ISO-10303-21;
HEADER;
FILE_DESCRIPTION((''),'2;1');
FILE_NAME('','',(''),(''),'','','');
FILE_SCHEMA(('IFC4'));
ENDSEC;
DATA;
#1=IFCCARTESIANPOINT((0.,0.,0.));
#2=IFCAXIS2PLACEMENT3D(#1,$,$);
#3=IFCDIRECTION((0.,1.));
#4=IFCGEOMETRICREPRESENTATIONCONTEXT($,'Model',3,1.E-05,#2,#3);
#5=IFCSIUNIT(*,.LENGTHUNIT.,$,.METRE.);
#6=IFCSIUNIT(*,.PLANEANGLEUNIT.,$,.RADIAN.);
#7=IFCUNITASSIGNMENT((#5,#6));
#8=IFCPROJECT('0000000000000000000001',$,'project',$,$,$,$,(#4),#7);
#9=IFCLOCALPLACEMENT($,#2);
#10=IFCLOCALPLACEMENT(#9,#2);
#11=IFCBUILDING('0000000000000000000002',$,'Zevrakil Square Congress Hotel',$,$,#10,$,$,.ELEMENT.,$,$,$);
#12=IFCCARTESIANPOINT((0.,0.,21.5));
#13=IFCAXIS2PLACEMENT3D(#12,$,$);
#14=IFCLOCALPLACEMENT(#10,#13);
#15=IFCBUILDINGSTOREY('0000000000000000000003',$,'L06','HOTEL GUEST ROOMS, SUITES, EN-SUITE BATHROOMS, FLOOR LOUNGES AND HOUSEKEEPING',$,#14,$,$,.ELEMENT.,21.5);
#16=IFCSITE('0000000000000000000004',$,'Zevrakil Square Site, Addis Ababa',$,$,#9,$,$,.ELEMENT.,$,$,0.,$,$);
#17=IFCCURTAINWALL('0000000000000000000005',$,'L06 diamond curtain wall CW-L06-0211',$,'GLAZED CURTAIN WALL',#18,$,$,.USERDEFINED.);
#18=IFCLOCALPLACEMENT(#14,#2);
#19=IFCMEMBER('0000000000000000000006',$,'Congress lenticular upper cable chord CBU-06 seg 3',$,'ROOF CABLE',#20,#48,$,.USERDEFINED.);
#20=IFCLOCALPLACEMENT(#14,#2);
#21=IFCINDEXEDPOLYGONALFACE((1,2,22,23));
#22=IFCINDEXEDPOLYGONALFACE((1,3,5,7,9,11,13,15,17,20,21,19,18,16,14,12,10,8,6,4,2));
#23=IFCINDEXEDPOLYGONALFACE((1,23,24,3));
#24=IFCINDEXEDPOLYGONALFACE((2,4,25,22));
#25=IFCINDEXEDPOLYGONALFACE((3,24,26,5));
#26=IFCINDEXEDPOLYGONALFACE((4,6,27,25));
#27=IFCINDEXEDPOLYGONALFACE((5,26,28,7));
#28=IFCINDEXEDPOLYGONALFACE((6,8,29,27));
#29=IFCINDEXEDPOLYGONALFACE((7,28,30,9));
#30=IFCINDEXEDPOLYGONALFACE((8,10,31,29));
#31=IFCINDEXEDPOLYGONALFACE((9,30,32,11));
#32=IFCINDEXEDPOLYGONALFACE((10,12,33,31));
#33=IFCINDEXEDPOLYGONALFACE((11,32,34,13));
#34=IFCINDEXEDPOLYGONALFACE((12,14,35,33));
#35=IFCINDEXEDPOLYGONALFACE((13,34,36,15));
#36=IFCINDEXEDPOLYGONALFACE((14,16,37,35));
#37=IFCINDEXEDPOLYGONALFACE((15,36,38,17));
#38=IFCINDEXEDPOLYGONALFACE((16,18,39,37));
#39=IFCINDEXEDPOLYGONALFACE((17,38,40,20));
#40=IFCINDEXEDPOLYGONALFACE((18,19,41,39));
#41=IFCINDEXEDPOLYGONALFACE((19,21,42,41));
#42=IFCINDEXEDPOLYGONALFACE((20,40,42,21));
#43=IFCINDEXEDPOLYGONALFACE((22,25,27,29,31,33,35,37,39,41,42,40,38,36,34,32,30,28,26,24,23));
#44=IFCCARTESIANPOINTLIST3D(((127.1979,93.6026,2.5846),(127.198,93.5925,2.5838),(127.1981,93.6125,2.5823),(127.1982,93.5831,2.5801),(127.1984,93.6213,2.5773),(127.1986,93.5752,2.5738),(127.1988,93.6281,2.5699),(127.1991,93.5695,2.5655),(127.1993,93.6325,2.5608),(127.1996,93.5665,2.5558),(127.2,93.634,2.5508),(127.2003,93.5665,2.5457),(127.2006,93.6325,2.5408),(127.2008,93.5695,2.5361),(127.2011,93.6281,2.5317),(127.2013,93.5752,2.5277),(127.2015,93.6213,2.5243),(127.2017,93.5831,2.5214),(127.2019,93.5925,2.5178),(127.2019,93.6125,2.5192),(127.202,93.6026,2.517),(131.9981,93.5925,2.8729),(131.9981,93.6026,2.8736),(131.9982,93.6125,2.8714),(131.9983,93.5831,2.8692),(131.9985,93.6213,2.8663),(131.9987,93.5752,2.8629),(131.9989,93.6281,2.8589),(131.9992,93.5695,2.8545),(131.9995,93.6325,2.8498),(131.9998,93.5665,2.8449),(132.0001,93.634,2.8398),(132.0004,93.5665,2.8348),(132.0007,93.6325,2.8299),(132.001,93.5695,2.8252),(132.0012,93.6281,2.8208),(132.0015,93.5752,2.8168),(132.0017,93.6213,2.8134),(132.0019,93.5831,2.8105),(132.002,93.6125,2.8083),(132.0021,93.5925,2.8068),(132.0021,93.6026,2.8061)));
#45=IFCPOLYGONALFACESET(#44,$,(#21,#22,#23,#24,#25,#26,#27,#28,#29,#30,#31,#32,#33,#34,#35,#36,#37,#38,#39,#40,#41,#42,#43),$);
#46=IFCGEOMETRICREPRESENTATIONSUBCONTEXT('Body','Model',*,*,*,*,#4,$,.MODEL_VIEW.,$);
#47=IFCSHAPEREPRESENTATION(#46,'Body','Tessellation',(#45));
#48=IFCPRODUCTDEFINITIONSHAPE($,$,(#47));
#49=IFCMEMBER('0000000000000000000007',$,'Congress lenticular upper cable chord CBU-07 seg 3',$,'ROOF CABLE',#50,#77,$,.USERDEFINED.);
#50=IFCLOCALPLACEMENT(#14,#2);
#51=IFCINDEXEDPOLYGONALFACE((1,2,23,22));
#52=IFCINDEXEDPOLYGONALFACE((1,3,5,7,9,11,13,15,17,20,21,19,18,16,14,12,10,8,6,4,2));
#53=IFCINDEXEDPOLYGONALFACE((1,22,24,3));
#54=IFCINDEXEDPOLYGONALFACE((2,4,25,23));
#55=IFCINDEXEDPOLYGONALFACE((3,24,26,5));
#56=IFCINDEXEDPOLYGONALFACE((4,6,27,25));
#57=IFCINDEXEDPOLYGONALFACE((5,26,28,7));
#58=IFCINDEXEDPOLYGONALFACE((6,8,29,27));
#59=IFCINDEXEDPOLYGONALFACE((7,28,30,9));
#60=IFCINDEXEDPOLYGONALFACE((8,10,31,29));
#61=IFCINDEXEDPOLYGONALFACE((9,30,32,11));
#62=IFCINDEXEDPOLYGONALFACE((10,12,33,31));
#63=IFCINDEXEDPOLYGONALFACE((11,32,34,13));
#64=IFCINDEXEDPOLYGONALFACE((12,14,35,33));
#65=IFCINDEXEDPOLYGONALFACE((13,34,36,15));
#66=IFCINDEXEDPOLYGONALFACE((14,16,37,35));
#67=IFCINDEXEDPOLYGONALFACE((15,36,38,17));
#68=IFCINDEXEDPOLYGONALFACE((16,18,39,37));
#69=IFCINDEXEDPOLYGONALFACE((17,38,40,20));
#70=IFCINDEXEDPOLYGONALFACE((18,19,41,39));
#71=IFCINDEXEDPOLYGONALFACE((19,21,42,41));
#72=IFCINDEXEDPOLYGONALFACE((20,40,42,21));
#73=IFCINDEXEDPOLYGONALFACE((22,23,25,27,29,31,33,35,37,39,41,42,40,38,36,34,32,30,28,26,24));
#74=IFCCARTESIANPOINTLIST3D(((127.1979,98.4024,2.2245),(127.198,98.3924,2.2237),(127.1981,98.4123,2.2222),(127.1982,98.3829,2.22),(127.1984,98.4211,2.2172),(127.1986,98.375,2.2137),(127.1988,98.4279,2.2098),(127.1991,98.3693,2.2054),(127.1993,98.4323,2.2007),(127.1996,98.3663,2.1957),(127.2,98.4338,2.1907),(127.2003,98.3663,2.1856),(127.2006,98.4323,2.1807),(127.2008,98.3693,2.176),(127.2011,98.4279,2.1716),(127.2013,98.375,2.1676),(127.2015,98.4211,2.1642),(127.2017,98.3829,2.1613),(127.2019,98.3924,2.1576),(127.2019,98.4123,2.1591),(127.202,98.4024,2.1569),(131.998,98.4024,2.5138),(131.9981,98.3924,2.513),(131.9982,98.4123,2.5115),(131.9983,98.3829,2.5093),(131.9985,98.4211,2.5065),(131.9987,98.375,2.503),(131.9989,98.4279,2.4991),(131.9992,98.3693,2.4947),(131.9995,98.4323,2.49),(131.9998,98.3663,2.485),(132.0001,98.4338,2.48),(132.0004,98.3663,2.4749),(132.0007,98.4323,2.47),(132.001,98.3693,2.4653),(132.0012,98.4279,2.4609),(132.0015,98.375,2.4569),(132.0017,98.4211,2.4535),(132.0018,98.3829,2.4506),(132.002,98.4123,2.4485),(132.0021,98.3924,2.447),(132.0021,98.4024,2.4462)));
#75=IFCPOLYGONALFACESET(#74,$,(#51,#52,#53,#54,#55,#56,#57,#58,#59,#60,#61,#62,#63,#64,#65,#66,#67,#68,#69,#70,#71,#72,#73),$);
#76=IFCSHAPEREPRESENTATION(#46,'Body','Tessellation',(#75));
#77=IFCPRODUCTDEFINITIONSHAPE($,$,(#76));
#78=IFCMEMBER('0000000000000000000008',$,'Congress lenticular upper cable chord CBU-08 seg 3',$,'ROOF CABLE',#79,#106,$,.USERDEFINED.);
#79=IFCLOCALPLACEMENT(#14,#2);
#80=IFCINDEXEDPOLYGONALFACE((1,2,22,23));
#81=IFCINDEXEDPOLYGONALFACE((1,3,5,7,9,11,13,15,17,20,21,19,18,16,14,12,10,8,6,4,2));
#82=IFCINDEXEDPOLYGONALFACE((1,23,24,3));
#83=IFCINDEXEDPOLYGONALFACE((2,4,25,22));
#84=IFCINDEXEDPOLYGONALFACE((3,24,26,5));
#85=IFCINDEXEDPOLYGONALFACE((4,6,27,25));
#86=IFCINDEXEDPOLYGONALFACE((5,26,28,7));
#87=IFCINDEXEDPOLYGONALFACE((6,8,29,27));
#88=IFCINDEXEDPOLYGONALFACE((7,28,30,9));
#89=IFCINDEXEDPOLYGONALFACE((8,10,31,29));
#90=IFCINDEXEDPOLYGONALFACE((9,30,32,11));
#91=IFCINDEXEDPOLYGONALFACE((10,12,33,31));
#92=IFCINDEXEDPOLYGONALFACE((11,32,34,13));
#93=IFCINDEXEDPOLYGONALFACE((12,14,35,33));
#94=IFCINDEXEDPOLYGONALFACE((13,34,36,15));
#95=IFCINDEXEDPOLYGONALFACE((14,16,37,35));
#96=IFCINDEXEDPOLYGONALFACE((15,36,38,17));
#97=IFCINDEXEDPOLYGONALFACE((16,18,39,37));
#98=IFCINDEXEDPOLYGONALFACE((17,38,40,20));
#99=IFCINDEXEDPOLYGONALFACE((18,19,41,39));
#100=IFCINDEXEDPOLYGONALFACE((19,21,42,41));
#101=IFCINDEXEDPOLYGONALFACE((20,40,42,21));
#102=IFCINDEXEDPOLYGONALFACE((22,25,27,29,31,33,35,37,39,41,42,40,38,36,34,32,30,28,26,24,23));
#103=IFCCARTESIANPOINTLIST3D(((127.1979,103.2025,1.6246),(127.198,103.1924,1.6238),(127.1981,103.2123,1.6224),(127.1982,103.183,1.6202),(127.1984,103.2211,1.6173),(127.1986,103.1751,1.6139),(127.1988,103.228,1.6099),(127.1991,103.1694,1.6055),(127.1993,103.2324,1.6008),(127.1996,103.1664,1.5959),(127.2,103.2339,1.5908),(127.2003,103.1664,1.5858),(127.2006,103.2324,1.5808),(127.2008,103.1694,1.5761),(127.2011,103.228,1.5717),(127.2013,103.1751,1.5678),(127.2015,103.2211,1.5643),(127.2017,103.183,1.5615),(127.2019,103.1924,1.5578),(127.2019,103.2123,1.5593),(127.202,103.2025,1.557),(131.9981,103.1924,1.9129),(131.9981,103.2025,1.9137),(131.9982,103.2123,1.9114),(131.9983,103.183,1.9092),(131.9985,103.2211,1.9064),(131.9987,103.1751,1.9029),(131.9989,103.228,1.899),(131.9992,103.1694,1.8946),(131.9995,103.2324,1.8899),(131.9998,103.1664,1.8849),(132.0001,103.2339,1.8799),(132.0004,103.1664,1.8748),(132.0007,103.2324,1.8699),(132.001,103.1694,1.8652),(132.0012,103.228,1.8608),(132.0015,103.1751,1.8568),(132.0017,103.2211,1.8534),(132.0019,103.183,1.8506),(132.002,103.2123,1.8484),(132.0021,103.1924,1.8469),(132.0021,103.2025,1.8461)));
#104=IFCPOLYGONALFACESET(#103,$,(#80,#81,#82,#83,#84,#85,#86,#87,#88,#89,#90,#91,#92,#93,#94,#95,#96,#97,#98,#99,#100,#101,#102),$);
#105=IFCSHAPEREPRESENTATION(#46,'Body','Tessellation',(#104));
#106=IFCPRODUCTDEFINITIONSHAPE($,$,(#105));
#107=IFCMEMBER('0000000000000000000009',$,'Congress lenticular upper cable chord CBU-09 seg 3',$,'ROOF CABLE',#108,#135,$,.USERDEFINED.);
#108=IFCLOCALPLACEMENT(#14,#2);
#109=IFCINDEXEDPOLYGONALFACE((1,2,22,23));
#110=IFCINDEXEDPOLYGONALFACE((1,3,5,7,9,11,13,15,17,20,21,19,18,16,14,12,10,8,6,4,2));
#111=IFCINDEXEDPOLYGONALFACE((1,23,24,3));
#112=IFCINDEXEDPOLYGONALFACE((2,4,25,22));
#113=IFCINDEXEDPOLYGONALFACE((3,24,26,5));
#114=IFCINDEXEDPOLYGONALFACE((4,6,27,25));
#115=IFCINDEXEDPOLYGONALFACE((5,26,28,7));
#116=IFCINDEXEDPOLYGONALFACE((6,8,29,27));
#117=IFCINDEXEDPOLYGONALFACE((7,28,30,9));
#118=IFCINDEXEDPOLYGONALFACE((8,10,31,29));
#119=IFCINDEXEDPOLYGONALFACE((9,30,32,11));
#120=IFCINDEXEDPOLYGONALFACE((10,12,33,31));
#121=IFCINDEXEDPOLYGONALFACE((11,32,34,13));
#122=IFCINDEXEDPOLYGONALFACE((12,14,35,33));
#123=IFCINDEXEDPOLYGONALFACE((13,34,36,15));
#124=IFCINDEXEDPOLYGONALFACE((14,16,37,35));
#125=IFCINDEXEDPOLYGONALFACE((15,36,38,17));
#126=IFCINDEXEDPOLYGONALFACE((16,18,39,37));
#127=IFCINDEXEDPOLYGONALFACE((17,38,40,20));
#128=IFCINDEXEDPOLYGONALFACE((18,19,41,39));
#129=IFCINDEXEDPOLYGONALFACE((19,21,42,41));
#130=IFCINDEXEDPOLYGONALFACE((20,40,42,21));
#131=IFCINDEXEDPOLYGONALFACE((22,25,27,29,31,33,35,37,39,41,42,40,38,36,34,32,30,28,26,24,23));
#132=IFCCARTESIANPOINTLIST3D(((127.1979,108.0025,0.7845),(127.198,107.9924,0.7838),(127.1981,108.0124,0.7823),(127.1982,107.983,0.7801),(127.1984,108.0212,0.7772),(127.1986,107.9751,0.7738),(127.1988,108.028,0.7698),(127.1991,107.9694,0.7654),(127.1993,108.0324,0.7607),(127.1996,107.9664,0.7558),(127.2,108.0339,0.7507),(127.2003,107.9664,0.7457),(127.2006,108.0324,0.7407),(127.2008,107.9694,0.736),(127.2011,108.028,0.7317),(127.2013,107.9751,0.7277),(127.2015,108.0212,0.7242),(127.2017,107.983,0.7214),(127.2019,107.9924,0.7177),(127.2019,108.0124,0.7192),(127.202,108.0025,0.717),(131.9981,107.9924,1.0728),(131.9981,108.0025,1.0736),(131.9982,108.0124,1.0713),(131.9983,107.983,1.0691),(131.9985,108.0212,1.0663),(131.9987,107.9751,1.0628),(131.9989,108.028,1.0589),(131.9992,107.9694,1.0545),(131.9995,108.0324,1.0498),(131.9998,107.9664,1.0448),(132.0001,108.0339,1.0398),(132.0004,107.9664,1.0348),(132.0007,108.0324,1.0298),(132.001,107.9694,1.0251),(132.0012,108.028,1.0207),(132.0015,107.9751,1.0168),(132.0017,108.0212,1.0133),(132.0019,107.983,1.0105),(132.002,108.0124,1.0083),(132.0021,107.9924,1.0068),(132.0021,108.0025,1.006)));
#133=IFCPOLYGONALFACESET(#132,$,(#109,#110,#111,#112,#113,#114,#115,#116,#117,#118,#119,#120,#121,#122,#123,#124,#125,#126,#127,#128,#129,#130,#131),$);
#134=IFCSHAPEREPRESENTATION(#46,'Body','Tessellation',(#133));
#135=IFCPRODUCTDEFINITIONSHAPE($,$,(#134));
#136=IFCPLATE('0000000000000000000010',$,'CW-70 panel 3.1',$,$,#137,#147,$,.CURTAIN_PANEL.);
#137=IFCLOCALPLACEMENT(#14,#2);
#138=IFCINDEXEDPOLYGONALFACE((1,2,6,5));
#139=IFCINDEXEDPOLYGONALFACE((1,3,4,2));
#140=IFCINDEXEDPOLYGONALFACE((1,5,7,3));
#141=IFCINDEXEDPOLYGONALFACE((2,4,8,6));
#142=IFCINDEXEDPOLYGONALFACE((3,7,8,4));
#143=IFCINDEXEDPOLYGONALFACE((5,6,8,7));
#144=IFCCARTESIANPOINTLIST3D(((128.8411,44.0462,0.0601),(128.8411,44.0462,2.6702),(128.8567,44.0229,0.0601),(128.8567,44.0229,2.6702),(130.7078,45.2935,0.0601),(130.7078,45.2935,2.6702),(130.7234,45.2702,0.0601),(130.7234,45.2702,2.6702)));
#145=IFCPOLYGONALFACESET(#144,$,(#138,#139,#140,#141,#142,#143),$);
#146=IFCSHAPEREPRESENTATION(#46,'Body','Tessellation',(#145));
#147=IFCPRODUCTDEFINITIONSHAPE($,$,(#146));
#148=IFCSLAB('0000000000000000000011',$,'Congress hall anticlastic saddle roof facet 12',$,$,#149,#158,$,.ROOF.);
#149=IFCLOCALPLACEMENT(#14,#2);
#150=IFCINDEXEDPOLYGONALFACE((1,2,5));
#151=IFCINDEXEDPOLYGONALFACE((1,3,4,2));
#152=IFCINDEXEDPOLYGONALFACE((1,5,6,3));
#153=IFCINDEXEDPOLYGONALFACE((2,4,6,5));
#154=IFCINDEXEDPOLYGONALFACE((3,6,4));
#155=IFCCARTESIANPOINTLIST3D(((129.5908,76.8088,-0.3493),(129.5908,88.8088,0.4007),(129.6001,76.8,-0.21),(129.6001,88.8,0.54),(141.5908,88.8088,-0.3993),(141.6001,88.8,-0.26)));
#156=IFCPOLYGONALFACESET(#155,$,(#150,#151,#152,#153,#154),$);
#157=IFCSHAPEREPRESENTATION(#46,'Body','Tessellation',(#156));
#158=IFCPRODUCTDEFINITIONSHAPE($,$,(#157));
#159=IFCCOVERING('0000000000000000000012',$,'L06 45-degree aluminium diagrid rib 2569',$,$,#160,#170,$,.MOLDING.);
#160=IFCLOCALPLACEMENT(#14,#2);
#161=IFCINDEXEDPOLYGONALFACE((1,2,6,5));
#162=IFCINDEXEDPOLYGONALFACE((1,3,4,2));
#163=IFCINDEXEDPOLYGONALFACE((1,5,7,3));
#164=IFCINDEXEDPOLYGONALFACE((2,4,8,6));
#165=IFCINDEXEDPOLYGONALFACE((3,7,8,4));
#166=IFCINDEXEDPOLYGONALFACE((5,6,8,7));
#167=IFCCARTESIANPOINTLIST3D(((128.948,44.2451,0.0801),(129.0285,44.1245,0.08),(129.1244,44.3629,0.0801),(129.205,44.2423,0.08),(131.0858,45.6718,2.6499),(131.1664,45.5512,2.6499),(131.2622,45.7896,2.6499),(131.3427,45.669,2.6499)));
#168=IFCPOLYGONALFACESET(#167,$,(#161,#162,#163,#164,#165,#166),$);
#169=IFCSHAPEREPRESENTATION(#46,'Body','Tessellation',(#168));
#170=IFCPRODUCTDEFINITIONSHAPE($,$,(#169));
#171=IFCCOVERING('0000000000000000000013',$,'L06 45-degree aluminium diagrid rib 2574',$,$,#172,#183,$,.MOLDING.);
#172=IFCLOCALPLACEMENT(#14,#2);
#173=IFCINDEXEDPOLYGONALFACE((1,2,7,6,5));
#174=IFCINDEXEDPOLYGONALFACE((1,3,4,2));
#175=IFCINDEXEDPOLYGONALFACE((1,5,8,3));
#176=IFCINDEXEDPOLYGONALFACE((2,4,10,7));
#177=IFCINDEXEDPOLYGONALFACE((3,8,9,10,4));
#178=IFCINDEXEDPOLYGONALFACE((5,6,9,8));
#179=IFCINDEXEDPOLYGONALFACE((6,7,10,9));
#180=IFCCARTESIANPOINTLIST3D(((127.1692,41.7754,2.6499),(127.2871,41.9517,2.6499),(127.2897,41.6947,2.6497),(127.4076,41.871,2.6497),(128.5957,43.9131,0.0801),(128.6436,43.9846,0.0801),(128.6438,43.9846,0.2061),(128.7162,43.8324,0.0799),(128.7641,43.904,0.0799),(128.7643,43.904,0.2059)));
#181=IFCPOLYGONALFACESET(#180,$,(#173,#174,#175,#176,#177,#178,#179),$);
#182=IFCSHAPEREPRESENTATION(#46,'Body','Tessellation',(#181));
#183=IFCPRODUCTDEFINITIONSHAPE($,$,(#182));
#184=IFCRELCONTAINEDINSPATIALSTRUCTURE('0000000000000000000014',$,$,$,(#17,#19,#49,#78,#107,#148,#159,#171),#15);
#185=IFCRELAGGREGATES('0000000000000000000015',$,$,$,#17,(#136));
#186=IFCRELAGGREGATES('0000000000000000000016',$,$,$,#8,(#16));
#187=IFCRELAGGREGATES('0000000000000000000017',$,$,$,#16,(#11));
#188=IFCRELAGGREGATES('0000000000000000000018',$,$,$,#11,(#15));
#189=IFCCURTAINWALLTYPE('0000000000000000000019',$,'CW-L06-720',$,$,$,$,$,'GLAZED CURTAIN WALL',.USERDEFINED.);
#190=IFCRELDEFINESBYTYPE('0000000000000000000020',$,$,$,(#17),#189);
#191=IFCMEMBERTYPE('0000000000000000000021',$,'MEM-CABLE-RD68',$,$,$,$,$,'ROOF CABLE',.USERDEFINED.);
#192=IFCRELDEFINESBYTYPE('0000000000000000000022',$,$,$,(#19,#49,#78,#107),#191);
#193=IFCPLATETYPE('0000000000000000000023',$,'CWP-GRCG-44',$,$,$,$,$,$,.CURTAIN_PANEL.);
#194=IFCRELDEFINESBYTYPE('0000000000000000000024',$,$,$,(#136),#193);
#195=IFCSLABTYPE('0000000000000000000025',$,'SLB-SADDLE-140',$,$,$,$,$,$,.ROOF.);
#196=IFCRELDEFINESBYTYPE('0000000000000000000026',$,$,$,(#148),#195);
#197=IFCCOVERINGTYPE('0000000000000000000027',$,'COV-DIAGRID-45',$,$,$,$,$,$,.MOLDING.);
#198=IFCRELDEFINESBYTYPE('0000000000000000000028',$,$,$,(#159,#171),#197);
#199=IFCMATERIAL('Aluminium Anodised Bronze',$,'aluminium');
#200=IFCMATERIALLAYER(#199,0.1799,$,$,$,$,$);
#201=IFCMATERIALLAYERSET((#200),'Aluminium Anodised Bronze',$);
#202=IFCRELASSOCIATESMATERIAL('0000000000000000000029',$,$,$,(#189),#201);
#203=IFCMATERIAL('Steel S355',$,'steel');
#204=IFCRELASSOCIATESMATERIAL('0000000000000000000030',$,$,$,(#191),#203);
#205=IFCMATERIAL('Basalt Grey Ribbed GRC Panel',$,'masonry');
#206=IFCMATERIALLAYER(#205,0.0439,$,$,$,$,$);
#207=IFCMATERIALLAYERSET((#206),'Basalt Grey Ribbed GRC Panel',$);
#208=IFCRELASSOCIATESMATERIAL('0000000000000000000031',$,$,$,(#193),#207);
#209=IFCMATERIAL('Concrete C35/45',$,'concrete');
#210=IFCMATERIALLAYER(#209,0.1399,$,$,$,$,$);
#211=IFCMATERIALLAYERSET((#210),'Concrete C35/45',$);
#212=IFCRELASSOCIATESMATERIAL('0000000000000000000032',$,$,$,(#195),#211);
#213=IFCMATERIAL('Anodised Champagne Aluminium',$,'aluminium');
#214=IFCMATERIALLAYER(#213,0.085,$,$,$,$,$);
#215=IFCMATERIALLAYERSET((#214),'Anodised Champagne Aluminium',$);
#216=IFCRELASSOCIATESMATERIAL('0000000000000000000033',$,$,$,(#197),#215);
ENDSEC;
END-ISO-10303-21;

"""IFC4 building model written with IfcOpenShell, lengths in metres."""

from ifc_helpers import new_model, si_unit, direction, frame, origin, origin_2d, place, context, subcontext, project, spatial, polyline, rectangle, circle, outline, extrude, material, layer, layer_set, material_profile, profile_set, type_object, element, aggregate, save


model = new_model("IFC4")

# Units and contexts
model_context = context("Model", 3, precision=1e-05, world=origin(), true_north=direction((0.0, 1.0)))
body_context = subcontext(model_context, "Body", "Model", "MODEL_VIEW")
ifc_project = project(units=[si_unit("LENGTHUNIT", "METRE"), si_unit("PLANEANGLEUNIT", "RADIAN")], contexts=[model_context])

# Site, building, storey
site_placement = place(None, origin())
site = spatial("IfcSite", under=ifc_project, at=site_placement, Name="Zevrakil Square Site, Addis Ababa", CompositionType="ELEMENT", RefElevation=0.0)
building_placement = place(site_placement, origin())
building = spatial("IfcBuilding", under=site, at=building_placement, Name="Zevrakil Square Congress Hotel", CompositionType="ELEMENT")
storey_placement = place(building_placement, frame((0.0, 0.0, 21.5)))
storey = spatial("IfcBuildingStorey", under=building, at=storey_placement, Name="L06", Description="HOTEL GUEST ROOMS, SUITES, EN-SUITE BATHROOMS, FLOOR LOUNGES AND HOUSEKEEPING", CompositionType="ELEMENT", Elevation=21.5)

# Curtain wall
ifc_material_1 = material(Name="Aluminium Anodised Bronze", Category="aluminium")
ifc_layer_1 = layer(ifc_material_1, 0.1799)
ifc_layer_set_1 = layer_set([ifc_layer_1], Name="Aluminium Anodised Bronze")
curtain_wall_type = type_object("IfcCurtainWallType", Name="CW-L06-720", ElementType="GLAZED CURTAIN WALL", PredefinedType="USERDEFINED", material=ifc_layer_set_1)
curtain_wall_1_placement = place(storey_placement, origin())
curtain_wall_1 = element("IfcCurtainWall", 1, at=curtain_wall_1_placement, inside=storey, type_object=curtain_wall_type, Name="L06 diamond curtain wall CW-L06-0211", ObjectType="GLAZED CURTAIN WALL", PredefinedType="USERDEFINED")

# Members
ifc_material_2 = material(Name="Steel S355", Category="steel")
ifc_material_profile_1 = material_profile(ifc_material_2, circle(Radius=0.0339, at=origin_2d()), Name="CABLE RD68")
ifc_profile_set_1 = profile_set([ifc_material_profile_1], Name="Steel S355")
member_type_1 = type_object("IfcMemberType", Name="MEM-CABLE-RD68", ElementType="ROOF CABLE", PredefinedType="USERDEFINED", material=ifc_profile_set_1)
for number, where, z_axis, x_axis, name in (
    (2, (127.2, 93.6001, 2.5508), (0.998192, 0.0, 0.060112), (0.0, 1.0, 0.0), "Congress lenticular upper cable chord CBU-06 seg 3"),
    (3, (127.2, 98.3999, 2.1907), (0.998189, 0.0, 0.060162), (0.0, 1.0, 0.0), "Congress lenticular upper cable chord CBU-07 seg 3"),
    (4, (127.2, 103.2, 1.5908), (0.998192, 0.0, 0.060112), (0.0, 1.0, 0.0), "Congress lenticular upper cable chord CBU-08 seg 3"),
    (5, (127.2, 108.0, 0.7507), (0.998192, 0.0, 0.060112), (0.0, 1.0, 0.0), "Congress lenticular upper cable chord CBU-09 seg 3"),
):
    element("IfcMember", number, at=place(storey_placement, frame(where, z_axis=z_axis, x_axis=x_axis)), inside=storey, type_object=member_type_1, Name=name, ObjectType="ROOF CABLE", PredefinedType="USERDEFINED", context=body_context, shape_type="SweptSolid", body=[
        extrude(circle(Radius=0.0339, at=origin_2d()), origin(), (0.0, 0.0, 1.0), 4.8088),
    ])

# Plate
ifc_material_3 = material(Name="Basalt Grey Ribbed GRC Panel", Category="masonry")
ifc_layer_2 = layer(ifc_material_3, 0.0439)
ifc_layer_set_2 = layer_set([ifc_layer_2], Name="Basalt Grey Ribbed GRC Panel")
plate_type = type_object("IfcPlateType", Name="CWP-GRCG-44", PredefinedType="CURTAIN_PANEL", material=ifc_layer_set_2)
plate_placement = place(storey_placement, frame((129.7822, 44.6582, 0.0601), z_axis=(0.0, 0.0, 1.0), x_axis=(-0.831466, -0.555576, 0.0)))
plate = element("IfcPlate", 6, at=plate_placement, type_object=plate_type, Name="CW-70 panel 3.1", PredefinedType="CURTAIN_PANEL", context=body_context, shape_type="SweptSolid", body=[
    extrude(rectangle(XDim=2.2451, YDim=0.0281, at=origin_2d()), origin(), (0.0, 0.0, 1.0), 2.6101),
])
aggregate(curtain_wall_1, [plate])

# Slab
ifc_material_4 = material(Name="Concrete C35/45", Category="concrete")
ifc_layer_3 = layer(ifc_material_4, 0.1399)
ifc_layer_set_3 = layer_set([ifc_layer_3], Name="Concrete C35/45")
slab_type = type_object("IfcSlabType", Name="SLB-SADDLE-140", PredefinedType="ROOF", material=ifc_layer_set_3)
slab_placement = place(storey_placement, frame((129.6001, 76.8, -0.21), z_axis=(0.066394, -0.062241, 0.99585), x_axis=(0.707104, 0.707104, -0.002949)))
element("IfcSlab", 7, at=slab_placement, inside=storey, type_object=slab_type, Name="Congress hall anticlastic saddle roof facet 12", PredefinedType="ROOF", context=body_context, shape_type="SweptSolid", body=[
    extrude(outline(polyline([(0.0, 0.0), (16.9706, 0.0), (8.483, 8.5206), (0.0, 0.0)])), origin(), (0.0, 0.0, -1.0), 0.1399),
])

# Coverings
ifc_material_5 = material(Name="Anodised Champagne Aluminium", Category="aluminium")
ifc_layer_4 = layer(ifc_material_5, 0.085)
ifc_layer_set_4 = layer_set([ifc_layer_4], Name="Anodised Champagne Aluminium")
covering_type = type_object("IfcCoveringType", Name="COV-DIAGRID-45", PredefinedType="MOLDING", material=ifc_layer_set_4)
covering_1_placement = place(storey_placement, frame((131.2622, 45.7896, 2.6499), z_axis=(-0.555364, 0.831607, 0.000337), x_axis=(-0.831607, -0.555364, 0.0)))
element("IfcCovering", 8, at=covering_1_placement, inside=storey, type_object=covering_type, Name="L06 45-degree aluminium diagrid rib 2569", PredefinedType="MOLDING", context=body_context, shape_type="SweptSolid", body=[
    extrude(outline(polyline([(0.0, 0.0), (0.2121, 0.0), (2.7822, -2.5698), (2.5701, -2.5698), (0.0, 0.0)])), origin(), (0.0, 0.0, -1.0), 0.145),
])
covering_2_placement = place(storey_placement, frame((128.5957, 43.9131, 0.0801), z_axis=(-0.831088, 0.556139, 0.001277), x_axis=(0.556139, 0.831089, 0.0)))
element("IfcCovering", 9, at=covering_2_placement, inside=storey, type_object=covering_type, Name="L06 45-degree aluminium diagrid rib 2574", PredefinedType="MOLDING", context=body_context, shape_type="SweptSolid", body=[
    extrude(outline(polyline([(0.0, 0.0), (0.0861, 0.0), (0.0862, -0.126), (-2.3579, -2.5698), (-2.57, -2.5698), (0.0, 0.0)])), origin(), (0.0, 0.0, -1.0), 0.145),
])

save(model, "model.ifc")
